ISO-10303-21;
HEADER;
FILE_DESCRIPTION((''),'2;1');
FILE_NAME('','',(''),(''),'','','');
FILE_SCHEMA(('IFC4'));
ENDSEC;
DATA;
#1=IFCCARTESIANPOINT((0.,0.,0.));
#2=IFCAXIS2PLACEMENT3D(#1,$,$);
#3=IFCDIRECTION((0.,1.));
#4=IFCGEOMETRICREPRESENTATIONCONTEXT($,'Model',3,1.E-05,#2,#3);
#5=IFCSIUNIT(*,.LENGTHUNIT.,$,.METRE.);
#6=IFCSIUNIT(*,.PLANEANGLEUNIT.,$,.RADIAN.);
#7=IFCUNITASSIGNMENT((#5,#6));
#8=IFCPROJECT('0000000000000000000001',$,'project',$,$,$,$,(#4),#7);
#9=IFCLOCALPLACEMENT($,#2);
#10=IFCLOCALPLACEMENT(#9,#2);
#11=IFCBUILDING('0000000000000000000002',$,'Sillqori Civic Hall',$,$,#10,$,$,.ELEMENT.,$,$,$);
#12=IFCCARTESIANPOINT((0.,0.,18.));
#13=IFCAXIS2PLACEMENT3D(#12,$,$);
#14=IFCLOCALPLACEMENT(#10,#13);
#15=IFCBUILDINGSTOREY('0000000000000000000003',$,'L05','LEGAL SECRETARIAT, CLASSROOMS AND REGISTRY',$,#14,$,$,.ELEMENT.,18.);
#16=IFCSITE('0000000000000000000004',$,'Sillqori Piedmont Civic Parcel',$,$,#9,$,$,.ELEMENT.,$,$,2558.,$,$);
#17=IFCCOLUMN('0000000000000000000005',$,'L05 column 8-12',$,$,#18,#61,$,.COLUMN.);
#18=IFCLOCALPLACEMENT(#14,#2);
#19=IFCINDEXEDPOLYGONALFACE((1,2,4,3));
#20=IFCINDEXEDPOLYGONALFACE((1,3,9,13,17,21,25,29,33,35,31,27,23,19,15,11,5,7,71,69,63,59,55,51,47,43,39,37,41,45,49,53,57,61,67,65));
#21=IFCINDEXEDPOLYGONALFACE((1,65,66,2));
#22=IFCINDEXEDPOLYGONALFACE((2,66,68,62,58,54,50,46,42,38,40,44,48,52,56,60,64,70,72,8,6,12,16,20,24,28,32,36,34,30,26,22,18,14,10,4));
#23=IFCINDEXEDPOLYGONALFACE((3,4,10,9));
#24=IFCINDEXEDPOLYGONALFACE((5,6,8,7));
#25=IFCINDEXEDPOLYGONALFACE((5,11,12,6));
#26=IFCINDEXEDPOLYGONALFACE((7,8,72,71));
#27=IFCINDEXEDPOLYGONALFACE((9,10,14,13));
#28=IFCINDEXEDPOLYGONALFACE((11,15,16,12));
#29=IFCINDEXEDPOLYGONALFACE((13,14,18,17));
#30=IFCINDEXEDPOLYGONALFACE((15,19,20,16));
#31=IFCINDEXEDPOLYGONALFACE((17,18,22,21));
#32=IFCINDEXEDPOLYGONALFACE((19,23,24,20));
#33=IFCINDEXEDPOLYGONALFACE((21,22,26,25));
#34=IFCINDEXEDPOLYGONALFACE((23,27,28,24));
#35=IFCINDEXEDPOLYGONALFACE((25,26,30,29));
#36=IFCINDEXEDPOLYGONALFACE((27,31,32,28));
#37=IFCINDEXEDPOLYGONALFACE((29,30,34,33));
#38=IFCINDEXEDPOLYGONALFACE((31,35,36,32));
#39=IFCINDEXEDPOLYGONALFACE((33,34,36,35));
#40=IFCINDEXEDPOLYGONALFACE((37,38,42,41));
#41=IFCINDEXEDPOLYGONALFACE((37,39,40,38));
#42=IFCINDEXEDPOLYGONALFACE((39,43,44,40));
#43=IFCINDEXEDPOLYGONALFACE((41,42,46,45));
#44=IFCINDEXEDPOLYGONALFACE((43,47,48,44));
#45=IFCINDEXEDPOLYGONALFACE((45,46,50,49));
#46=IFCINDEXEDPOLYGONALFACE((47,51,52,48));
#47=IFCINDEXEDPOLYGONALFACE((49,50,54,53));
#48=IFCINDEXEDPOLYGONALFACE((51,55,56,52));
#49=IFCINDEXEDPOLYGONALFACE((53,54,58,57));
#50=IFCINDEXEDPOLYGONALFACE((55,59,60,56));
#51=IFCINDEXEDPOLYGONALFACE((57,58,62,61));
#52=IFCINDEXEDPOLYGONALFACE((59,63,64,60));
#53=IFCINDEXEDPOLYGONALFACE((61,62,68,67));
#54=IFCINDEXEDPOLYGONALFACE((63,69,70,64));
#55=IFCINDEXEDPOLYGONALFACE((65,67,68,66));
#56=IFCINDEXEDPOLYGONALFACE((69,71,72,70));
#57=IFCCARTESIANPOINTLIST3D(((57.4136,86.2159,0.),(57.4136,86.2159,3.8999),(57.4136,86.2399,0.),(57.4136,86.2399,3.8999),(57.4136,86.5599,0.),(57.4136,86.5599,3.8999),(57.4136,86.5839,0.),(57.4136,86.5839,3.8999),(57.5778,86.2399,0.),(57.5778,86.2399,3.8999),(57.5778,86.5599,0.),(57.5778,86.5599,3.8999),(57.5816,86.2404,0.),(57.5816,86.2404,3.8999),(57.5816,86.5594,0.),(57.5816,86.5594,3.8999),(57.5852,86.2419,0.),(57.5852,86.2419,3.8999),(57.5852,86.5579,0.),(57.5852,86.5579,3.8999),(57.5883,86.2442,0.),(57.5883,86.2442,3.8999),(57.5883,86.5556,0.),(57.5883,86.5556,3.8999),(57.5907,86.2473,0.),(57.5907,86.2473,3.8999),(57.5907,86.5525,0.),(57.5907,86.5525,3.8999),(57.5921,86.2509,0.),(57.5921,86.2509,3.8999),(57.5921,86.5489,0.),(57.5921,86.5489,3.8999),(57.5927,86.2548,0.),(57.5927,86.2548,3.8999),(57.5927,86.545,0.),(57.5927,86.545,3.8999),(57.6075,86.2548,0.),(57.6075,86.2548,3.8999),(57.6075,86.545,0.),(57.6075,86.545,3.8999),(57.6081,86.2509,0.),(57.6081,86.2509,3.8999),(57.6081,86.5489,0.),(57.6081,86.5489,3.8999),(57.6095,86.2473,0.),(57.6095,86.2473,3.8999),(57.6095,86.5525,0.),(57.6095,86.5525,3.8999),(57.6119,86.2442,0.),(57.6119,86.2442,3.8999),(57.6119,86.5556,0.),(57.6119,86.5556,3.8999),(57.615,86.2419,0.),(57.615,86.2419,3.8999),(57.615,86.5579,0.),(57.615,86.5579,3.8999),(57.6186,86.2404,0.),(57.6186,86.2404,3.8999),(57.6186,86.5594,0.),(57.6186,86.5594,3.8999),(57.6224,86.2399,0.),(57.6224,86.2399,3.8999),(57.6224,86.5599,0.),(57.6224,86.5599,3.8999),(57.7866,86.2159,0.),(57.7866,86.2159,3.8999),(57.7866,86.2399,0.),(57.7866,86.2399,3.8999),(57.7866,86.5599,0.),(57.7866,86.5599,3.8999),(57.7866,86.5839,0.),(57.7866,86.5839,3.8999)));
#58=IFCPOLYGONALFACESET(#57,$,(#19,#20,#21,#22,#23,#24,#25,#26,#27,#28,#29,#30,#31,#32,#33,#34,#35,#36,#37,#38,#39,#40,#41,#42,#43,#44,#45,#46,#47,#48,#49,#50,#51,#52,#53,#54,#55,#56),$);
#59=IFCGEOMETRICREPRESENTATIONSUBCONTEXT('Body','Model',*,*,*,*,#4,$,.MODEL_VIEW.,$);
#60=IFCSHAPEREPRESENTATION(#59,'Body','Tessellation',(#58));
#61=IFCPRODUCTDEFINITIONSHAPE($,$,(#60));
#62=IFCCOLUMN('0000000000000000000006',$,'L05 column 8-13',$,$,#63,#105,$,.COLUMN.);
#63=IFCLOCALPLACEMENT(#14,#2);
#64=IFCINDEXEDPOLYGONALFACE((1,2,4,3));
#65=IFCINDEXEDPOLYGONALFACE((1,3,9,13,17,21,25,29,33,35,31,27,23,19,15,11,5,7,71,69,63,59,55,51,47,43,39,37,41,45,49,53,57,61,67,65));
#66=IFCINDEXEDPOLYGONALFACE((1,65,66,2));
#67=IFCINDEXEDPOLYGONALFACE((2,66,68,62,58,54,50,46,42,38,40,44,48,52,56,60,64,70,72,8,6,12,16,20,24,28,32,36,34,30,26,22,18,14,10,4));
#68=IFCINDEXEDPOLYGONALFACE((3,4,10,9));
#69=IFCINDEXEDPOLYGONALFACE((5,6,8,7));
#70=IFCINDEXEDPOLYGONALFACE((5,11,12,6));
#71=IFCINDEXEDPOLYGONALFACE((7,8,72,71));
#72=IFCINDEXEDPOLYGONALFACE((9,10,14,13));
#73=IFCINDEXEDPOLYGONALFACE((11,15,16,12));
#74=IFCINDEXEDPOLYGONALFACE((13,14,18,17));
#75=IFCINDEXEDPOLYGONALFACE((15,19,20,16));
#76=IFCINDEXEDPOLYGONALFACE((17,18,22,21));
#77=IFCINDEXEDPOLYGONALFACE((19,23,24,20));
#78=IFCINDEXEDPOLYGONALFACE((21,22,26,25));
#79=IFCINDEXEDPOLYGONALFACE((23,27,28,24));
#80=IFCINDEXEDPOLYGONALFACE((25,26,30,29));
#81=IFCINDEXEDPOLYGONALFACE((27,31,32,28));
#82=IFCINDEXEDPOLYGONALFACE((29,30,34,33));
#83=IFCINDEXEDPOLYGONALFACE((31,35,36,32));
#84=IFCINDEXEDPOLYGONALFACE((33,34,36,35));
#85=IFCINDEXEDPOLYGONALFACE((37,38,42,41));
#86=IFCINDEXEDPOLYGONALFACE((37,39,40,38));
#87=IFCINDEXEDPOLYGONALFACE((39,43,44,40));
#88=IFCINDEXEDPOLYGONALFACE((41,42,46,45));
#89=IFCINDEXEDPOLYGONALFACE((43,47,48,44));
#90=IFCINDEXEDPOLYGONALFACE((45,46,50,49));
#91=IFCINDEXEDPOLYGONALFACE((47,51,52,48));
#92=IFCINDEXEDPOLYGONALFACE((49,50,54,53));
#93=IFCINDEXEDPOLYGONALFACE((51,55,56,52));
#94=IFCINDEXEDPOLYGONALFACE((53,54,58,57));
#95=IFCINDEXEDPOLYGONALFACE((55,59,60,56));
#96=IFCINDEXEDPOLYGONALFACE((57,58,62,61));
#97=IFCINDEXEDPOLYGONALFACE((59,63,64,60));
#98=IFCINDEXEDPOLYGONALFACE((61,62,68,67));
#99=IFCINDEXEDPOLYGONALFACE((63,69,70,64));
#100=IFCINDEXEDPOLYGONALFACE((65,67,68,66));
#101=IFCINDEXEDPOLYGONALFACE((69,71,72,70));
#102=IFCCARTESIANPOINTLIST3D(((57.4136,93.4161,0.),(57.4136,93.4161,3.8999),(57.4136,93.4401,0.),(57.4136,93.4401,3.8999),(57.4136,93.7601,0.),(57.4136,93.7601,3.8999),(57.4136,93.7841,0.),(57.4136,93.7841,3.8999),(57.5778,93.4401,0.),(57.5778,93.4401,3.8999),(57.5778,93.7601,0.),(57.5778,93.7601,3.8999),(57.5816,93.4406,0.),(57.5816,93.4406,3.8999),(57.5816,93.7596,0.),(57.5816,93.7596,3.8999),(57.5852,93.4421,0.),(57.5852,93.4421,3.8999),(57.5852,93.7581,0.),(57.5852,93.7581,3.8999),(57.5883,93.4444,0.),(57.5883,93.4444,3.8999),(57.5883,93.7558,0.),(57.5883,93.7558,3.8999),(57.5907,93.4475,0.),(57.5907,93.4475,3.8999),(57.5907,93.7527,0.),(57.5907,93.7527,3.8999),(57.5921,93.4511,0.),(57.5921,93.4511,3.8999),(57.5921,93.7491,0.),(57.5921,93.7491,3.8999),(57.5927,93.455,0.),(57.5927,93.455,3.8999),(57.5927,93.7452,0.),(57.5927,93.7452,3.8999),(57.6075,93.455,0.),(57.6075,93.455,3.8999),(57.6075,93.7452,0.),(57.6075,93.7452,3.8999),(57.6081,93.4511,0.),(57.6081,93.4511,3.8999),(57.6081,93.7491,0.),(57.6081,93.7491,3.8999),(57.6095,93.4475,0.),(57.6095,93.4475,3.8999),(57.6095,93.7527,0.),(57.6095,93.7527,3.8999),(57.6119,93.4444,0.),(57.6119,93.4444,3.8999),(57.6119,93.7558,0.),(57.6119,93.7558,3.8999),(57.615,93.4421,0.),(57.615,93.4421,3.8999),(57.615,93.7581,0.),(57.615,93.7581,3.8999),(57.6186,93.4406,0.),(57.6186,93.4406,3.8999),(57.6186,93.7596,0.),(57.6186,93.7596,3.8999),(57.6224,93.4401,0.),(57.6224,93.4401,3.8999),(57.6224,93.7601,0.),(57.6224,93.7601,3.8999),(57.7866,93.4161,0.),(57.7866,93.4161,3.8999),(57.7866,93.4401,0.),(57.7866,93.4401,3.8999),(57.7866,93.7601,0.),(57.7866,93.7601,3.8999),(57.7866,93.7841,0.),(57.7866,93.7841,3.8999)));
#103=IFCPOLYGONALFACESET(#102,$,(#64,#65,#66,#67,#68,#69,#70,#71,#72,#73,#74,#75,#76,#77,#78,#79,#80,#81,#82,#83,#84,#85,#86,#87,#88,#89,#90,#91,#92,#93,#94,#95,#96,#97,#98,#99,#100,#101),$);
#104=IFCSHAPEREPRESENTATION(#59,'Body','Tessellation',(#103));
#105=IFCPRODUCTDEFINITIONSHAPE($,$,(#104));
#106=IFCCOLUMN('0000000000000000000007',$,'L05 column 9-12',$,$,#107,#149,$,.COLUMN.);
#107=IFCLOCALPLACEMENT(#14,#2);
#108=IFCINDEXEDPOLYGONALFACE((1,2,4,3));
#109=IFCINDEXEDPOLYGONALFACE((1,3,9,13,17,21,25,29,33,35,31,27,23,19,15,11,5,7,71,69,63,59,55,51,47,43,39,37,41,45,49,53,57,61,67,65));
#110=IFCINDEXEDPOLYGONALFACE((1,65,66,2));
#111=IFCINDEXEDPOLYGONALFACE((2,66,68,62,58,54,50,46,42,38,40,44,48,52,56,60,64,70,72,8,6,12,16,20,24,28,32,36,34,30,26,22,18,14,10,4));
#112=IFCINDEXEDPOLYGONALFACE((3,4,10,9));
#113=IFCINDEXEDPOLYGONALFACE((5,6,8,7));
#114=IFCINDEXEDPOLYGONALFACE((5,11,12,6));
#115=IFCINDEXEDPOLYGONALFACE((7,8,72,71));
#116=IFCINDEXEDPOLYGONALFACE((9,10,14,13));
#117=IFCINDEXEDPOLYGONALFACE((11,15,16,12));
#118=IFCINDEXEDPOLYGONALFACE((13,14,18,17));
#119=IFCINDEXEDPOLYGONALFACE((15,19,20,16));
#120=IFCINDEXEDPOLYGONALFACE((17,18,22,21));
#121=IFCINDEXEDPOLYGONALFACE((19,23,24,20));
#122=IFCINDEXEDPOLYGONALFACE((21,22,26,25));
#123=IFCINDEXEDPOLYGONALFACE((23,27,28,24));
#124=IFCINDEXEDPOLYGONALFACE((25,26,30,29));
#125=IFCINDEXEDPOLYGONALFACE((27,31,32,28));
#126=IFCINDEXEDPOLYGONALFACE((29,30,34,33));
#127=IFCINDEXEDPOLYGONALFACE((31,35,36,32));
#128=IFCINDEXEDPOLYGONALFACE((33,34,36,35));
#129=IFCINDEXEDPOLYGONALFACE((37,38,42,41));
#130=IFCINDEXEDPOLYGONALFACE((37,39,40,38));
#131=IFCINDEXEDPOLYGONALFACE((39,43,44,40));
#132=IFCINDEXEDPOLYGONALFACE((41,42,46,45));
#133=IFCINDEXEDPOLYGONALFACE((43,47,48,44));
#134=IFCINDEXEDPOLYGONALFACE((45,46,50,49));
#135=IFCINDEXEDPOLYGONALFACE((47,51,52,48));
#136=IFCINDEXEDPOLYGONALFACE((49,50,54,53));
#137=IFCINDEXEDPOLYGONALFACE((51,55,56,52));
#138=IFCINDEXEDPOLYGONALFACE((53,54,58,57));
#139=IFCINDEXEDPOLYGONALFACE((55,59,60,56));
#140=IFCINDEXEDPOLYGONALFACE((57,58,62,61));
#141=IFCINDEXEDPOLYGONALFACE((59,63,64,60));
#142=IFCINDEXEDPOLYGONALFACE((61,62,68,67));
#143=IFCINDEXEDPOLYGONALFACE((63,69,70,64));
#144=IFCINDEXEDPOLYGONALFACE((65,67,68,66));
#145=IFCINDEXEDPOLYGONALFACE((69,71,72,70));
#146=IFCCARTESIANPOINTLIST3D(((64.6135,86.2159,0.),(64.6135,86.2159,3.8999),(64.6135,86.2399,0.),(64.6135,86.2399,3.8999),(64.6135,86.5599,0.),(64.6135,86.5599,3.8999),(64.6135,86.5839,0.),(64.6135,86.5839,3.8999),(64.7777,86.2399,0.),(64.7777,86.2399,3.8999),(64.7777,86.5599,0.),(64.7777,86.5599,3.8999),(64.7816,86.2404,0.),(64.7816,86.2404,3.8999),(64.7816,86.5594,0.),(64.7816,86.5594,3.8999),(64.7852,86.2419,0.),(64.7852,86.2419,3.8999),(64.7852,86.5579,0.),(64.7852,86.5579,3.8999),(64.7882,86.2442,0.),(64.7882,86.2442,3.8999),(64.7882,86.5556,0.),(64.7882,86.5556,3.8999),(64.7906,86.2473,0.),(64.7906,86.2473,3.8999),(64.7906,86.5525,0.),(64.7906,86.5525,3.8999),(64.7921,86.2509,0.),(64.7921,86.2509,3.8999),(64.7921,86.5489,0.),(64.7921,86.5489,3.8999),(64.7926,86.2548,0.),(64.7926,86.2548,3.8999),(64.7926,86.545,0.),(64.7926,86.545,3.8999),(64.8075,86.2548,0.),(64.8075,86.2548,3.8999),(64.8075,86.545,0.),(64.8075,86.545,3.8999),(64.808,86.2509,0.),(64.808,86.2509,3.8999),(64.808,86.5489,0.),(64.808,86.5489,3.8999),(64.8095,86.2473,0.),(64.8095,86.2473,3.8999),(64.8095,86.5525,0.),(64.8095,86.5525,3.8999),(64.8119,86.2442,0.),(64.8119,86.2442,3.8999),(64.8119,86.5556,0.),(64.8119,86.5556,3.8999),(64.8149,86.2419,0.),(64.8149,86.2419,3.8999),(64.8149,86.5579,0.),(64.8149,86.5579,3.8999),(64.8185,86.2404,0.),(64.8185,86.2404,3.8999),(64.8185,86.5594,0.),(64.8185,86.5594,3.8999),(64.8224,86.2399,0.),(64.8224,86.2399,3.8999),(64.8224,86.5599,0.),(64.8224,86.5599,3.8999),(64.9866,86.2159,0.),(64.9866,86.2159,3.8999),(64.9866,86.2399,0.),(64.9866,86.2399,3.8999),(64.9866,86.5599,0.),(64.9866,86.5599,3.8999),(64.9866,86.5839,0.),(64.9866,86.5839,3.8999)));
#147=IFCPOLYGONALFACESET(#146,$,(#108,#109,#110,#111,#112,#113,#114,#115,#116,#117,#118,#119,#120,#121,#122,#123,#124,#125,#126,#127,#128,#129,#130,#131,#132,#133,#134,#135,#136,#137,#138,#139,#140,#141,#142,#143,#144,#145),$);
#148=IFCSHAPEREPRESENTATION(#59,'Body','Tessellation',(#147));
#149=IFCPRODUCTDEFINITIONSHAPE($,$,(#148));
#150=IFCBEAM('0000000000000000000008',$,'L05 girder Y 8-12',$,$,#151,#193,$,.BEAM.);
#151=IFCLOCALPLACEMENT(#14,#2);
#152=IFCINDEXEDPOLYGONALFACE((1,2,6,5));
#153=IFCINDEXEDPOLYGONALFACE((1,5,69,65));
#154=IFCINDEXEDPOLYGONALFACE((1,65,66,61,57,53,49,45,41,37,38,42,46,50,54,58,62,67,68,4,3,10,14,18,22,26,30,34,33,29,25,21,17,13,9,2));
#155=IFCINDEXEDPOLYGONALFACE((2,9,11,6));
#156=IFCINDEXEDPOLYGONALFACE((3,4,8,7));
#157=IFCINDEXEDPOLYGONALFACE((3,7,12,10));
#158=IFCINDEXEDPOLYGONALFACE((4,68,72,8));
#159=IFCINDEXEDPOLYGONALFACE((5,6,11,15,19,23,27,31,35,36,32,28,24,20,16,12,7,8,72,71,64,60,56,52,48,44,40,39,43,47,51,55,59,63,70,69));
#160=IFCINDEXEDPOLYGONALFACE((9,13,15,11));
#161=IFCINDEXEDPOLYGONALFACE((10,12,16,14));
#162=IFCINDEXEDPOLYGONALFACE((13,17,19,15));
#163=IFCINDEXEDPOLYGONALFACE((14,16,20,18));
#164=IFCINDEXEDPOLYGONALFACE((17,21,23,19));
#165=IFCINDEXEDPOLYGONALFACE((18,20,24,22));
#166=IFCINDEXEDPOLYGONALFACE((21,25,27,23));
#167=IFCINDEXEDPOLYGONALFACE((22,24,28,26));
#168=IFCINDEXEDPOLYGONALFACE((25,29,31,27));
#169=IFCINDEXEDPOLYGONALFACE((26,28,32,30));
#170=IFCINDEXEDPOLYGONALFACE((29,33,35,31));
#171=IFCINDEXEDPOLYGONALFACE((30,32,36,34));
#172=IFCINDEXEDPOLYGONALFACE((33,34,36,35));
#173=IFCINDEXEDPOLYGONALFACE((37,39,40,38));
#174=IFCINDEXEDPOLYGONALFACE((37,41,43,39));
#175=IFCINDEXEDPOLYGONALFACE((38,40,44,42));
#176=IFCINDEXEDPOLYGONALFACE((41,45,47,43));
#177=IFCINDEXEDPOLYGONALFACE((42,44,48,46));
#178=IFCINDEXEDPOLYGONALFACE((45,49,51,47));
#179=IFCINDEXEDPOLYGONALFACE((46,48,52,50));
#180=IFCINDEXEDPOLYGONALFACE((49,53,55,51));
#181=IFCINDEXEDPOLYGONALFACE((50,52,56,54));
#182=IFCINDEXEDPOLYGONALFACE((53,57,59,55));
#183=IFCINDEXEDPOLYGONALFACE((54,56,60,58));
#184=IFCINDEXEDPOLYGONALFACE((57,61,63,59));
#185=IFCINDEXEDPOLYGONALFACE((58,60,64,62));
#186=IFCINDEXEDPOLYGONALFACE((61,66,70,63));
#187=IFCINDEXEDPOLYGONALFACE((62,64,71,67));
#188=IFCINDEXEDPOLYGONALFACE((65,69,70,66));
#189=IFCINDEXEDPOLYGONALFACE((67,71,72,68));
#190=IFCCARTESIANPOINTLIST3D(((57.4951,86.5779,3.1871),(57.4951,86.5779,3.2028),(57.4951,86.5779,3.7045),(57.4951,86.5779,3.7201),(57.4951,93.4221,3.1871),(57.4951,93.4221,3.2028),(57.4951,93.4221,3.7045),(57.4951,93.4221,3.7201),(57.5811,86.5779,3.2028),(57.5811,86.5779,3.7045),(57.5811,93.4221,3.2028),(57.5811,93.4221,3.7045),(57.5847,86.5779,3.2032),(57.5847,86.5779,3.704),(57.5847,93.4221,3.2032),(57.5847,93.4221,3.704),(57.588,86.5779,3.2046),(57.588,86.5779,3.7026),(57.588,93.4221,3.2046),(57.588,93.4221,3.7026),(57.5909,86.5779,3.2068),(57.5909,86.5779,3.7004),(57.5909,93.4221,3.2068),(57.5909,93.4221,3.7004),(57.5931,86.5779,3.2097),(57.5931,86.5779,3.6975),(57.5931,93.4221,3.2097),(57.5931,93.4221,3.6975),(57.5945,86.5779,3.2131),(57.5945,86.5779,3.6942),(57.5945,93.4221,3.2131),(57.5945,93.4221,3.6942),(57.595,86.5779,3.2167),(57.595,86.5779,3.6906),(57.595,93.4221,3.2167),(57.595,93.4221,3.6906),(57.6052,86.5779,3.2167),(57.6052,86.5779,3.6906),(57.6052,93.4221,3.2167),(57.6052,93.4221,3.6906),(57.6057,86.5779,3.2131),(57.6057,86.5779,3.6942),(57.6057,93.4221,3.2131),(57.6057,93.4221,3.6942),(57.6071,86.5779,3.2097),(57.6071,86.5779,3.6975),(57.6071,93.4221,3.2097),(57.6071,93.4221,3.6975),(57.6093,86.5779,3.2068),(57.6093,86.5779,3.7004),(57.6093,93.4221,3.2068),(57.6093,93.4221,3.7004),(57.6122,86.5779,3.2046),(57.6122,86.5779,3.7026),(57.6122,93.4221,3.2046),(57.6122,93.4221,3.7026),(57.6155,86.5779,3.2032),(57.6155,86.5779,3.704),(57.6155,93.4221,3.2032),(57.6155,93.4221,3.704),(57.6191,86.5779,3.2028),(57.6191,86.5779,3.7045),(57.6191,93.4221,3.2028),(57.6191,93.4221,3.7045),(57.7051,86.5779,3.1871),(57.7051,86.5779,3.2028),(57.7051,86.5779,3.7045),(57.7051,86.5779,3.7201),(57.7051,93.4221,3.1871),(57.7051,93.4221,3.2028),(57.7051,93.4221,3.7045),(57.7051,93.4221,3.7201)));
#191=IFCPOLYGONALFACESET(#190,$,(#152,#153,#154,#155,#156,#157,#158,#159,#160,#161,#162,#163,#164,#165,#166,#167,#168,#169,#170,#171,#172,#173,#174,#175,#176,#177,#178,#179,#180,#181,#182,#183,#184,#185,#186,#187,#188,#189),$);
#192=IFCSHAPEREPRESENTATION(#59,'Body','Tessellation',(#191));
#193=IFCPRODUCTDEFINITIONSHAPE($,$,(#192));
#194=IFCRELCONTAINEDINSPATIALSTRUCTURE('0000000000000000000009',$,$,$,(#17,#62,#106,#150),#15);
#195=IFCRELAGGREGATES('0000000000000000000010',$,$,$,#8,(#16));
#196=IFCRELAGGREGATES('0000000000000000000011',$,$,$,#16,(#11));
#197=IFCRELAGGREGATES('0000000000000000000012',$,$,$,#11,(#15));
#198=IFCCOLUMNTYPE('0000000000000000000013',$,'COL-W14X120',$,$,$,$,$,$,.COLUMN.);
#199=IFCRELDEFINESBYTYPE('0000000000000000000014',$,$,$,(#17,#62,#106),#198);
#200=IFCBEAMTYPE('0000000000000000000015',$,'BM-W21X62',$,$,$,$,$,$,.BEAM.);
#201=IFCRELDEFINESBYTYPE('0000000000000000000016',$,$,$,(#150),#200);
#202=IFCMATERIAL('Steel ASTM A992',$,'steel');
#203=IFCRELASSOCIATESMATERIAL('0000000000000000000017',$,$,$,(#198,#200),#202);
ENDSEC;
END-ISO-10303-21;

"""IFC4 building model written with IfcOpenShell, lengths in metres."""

from ifc_helpers import new_model, si_unit, direction, frame, origin, origin_2d, place, context, subcontext, project, spatial, i_section, extrude, material, material_profile, profile_set, type_object, element, save


model = new_model("IFC4")

# Units and contexts
model_context = context("Model", 3, precision=1e-05, world=origin(), true_north=direction((0.0, 1.0)))
body_context = subcontext(model_context, "Body", "Model", "MODEL_VIEW")
ifc_project = project(units=[si_unit("LENGTHUNIT", "METRE"), si_unit("PLANEANGLEUNIT", "RADIAN")], contexts=[model_context])

# Site, building, storey
site_placement = place(None, origin())
site = spatial("IfcSite", under=ifc_project, at=site_placement, Name="Sillqori Piedmont Civic Parcel", CompositionType="ELEMENT", RefElevation=2558.0)
building_placement = place(site_placement, origin())
building = spatial("IfcBuilding", under=site, at=building_placement, Name="Sillqori Civic Hall", CompositionType="ELEMENT")
storey_placement = place(building_placement, frame((0.0, 0.0, 18.0)))
storey = spatial("IfcBuildingStorey", under=building, at=storey_placement, Name="L05", Description="LEGAL SECRETARIAT, CLASSROOMS AND REGISTRY", CompositionType="ELEMENT", Elevation=18.0)

# Columns
ifc_material_1 = material(Name="Steel ASTM A992", Category="steel")
ifc_material_profile_1 = material_profile(ifc_material_1, i_section(OverallWidth=0.373, OverallDepth=0.3679, WebThickness=0.0149, FlangeThickness=0.0239, FilletRadius=0.0149, at=origin_2d()), Name="W14X120")
ifc_profile_set_1 = profile_set([ifc_material_profile_1], Name="Steel ASTM A992")
column_type = type_object("IfcColumnType", Name="COL-W14X120", PredefinedType="COLUMN", material=ifc_profile_set_1)
for number, where, z_axis, x_axis, name in (
    (1, (57.6001, 86.3999, 0.0), (0.0, 0.0, 1.0), (1.0, 0.0, 0.0), "L05 column 8-12"),
    (2, (57.6001, 93.6001, 0.0), (0.0, 0.0, 1.0), (1.0, 0.0, 0.0), "L05 column 8-13"),
    (3, (64.8, 86.3999, 0.0), (0.0, 0.0, 1.0), (1.0, 0.0, 0.0), "L05 column 9-12"),
):
    element("IfcColumn", number, at=place(storey_placement, frame(where, z_axis=z_axis, x_axis=x_axis)), inside=storey, type_object=column_type, Name=name, PredefinedType="COLUMN", context=body_context, shape_type="SweptSolid", body=[
        extrude(i_section(OverallWidth=0.373, OverallDepth=0.3679, WebThickness=0.0149, FlangeThickness=0.0239, FilletRadius=0.0149, at=origin_2d()), origin(), (0.0, 0.0, 1.0), 3.8999),
    ])

# Beam
ifc_material_profile_2 = material_profile(ifc_material_1, i_section(OverallWidth=0.21, OverallDepth=0.533, WebThickness=0.0103, FlangeThickness=0.0156, FilletRadius=0.0139, at=origin_2d()), Name="W21X62")
ifc_profile_set_2 = profile_set([ifc_material_profile_2], Name="Steel ASTM A992")
beam_type_1 = type_object("IfcBeamType", Name="BM-W21X62", PredefinedType="BEAM", material=ifc_profile_set_2)
for number, where, z_axis, x_axis, name in (
    (4, (57.6001, 86.5779, 3.4536), (0.0, 1.0, 0.0), (-1.0, 0.0, 0.0), "L05 girder Y 8-12"),
):
    element("IfcBeam", number, at=place(storey_placement, frame(where, z_axis=z_axis, x_axis=x_axis)), inside=storey, type_object=beam_type_1, Name=name, PredefinedType="BEAM", context=body_context, shape_type="SweptSolid", body=[
        extrude(i_section(OverallWidth=0.21, OverallDepth=0.533, WebThickness=0.0103, FlangeThickness=0.0156, FilletRadius=0.0139, at=origin_2d()), origin(), (0.0, 0.0, 1.0), 6.8442),
    ])

save(model, "model.ifc")
